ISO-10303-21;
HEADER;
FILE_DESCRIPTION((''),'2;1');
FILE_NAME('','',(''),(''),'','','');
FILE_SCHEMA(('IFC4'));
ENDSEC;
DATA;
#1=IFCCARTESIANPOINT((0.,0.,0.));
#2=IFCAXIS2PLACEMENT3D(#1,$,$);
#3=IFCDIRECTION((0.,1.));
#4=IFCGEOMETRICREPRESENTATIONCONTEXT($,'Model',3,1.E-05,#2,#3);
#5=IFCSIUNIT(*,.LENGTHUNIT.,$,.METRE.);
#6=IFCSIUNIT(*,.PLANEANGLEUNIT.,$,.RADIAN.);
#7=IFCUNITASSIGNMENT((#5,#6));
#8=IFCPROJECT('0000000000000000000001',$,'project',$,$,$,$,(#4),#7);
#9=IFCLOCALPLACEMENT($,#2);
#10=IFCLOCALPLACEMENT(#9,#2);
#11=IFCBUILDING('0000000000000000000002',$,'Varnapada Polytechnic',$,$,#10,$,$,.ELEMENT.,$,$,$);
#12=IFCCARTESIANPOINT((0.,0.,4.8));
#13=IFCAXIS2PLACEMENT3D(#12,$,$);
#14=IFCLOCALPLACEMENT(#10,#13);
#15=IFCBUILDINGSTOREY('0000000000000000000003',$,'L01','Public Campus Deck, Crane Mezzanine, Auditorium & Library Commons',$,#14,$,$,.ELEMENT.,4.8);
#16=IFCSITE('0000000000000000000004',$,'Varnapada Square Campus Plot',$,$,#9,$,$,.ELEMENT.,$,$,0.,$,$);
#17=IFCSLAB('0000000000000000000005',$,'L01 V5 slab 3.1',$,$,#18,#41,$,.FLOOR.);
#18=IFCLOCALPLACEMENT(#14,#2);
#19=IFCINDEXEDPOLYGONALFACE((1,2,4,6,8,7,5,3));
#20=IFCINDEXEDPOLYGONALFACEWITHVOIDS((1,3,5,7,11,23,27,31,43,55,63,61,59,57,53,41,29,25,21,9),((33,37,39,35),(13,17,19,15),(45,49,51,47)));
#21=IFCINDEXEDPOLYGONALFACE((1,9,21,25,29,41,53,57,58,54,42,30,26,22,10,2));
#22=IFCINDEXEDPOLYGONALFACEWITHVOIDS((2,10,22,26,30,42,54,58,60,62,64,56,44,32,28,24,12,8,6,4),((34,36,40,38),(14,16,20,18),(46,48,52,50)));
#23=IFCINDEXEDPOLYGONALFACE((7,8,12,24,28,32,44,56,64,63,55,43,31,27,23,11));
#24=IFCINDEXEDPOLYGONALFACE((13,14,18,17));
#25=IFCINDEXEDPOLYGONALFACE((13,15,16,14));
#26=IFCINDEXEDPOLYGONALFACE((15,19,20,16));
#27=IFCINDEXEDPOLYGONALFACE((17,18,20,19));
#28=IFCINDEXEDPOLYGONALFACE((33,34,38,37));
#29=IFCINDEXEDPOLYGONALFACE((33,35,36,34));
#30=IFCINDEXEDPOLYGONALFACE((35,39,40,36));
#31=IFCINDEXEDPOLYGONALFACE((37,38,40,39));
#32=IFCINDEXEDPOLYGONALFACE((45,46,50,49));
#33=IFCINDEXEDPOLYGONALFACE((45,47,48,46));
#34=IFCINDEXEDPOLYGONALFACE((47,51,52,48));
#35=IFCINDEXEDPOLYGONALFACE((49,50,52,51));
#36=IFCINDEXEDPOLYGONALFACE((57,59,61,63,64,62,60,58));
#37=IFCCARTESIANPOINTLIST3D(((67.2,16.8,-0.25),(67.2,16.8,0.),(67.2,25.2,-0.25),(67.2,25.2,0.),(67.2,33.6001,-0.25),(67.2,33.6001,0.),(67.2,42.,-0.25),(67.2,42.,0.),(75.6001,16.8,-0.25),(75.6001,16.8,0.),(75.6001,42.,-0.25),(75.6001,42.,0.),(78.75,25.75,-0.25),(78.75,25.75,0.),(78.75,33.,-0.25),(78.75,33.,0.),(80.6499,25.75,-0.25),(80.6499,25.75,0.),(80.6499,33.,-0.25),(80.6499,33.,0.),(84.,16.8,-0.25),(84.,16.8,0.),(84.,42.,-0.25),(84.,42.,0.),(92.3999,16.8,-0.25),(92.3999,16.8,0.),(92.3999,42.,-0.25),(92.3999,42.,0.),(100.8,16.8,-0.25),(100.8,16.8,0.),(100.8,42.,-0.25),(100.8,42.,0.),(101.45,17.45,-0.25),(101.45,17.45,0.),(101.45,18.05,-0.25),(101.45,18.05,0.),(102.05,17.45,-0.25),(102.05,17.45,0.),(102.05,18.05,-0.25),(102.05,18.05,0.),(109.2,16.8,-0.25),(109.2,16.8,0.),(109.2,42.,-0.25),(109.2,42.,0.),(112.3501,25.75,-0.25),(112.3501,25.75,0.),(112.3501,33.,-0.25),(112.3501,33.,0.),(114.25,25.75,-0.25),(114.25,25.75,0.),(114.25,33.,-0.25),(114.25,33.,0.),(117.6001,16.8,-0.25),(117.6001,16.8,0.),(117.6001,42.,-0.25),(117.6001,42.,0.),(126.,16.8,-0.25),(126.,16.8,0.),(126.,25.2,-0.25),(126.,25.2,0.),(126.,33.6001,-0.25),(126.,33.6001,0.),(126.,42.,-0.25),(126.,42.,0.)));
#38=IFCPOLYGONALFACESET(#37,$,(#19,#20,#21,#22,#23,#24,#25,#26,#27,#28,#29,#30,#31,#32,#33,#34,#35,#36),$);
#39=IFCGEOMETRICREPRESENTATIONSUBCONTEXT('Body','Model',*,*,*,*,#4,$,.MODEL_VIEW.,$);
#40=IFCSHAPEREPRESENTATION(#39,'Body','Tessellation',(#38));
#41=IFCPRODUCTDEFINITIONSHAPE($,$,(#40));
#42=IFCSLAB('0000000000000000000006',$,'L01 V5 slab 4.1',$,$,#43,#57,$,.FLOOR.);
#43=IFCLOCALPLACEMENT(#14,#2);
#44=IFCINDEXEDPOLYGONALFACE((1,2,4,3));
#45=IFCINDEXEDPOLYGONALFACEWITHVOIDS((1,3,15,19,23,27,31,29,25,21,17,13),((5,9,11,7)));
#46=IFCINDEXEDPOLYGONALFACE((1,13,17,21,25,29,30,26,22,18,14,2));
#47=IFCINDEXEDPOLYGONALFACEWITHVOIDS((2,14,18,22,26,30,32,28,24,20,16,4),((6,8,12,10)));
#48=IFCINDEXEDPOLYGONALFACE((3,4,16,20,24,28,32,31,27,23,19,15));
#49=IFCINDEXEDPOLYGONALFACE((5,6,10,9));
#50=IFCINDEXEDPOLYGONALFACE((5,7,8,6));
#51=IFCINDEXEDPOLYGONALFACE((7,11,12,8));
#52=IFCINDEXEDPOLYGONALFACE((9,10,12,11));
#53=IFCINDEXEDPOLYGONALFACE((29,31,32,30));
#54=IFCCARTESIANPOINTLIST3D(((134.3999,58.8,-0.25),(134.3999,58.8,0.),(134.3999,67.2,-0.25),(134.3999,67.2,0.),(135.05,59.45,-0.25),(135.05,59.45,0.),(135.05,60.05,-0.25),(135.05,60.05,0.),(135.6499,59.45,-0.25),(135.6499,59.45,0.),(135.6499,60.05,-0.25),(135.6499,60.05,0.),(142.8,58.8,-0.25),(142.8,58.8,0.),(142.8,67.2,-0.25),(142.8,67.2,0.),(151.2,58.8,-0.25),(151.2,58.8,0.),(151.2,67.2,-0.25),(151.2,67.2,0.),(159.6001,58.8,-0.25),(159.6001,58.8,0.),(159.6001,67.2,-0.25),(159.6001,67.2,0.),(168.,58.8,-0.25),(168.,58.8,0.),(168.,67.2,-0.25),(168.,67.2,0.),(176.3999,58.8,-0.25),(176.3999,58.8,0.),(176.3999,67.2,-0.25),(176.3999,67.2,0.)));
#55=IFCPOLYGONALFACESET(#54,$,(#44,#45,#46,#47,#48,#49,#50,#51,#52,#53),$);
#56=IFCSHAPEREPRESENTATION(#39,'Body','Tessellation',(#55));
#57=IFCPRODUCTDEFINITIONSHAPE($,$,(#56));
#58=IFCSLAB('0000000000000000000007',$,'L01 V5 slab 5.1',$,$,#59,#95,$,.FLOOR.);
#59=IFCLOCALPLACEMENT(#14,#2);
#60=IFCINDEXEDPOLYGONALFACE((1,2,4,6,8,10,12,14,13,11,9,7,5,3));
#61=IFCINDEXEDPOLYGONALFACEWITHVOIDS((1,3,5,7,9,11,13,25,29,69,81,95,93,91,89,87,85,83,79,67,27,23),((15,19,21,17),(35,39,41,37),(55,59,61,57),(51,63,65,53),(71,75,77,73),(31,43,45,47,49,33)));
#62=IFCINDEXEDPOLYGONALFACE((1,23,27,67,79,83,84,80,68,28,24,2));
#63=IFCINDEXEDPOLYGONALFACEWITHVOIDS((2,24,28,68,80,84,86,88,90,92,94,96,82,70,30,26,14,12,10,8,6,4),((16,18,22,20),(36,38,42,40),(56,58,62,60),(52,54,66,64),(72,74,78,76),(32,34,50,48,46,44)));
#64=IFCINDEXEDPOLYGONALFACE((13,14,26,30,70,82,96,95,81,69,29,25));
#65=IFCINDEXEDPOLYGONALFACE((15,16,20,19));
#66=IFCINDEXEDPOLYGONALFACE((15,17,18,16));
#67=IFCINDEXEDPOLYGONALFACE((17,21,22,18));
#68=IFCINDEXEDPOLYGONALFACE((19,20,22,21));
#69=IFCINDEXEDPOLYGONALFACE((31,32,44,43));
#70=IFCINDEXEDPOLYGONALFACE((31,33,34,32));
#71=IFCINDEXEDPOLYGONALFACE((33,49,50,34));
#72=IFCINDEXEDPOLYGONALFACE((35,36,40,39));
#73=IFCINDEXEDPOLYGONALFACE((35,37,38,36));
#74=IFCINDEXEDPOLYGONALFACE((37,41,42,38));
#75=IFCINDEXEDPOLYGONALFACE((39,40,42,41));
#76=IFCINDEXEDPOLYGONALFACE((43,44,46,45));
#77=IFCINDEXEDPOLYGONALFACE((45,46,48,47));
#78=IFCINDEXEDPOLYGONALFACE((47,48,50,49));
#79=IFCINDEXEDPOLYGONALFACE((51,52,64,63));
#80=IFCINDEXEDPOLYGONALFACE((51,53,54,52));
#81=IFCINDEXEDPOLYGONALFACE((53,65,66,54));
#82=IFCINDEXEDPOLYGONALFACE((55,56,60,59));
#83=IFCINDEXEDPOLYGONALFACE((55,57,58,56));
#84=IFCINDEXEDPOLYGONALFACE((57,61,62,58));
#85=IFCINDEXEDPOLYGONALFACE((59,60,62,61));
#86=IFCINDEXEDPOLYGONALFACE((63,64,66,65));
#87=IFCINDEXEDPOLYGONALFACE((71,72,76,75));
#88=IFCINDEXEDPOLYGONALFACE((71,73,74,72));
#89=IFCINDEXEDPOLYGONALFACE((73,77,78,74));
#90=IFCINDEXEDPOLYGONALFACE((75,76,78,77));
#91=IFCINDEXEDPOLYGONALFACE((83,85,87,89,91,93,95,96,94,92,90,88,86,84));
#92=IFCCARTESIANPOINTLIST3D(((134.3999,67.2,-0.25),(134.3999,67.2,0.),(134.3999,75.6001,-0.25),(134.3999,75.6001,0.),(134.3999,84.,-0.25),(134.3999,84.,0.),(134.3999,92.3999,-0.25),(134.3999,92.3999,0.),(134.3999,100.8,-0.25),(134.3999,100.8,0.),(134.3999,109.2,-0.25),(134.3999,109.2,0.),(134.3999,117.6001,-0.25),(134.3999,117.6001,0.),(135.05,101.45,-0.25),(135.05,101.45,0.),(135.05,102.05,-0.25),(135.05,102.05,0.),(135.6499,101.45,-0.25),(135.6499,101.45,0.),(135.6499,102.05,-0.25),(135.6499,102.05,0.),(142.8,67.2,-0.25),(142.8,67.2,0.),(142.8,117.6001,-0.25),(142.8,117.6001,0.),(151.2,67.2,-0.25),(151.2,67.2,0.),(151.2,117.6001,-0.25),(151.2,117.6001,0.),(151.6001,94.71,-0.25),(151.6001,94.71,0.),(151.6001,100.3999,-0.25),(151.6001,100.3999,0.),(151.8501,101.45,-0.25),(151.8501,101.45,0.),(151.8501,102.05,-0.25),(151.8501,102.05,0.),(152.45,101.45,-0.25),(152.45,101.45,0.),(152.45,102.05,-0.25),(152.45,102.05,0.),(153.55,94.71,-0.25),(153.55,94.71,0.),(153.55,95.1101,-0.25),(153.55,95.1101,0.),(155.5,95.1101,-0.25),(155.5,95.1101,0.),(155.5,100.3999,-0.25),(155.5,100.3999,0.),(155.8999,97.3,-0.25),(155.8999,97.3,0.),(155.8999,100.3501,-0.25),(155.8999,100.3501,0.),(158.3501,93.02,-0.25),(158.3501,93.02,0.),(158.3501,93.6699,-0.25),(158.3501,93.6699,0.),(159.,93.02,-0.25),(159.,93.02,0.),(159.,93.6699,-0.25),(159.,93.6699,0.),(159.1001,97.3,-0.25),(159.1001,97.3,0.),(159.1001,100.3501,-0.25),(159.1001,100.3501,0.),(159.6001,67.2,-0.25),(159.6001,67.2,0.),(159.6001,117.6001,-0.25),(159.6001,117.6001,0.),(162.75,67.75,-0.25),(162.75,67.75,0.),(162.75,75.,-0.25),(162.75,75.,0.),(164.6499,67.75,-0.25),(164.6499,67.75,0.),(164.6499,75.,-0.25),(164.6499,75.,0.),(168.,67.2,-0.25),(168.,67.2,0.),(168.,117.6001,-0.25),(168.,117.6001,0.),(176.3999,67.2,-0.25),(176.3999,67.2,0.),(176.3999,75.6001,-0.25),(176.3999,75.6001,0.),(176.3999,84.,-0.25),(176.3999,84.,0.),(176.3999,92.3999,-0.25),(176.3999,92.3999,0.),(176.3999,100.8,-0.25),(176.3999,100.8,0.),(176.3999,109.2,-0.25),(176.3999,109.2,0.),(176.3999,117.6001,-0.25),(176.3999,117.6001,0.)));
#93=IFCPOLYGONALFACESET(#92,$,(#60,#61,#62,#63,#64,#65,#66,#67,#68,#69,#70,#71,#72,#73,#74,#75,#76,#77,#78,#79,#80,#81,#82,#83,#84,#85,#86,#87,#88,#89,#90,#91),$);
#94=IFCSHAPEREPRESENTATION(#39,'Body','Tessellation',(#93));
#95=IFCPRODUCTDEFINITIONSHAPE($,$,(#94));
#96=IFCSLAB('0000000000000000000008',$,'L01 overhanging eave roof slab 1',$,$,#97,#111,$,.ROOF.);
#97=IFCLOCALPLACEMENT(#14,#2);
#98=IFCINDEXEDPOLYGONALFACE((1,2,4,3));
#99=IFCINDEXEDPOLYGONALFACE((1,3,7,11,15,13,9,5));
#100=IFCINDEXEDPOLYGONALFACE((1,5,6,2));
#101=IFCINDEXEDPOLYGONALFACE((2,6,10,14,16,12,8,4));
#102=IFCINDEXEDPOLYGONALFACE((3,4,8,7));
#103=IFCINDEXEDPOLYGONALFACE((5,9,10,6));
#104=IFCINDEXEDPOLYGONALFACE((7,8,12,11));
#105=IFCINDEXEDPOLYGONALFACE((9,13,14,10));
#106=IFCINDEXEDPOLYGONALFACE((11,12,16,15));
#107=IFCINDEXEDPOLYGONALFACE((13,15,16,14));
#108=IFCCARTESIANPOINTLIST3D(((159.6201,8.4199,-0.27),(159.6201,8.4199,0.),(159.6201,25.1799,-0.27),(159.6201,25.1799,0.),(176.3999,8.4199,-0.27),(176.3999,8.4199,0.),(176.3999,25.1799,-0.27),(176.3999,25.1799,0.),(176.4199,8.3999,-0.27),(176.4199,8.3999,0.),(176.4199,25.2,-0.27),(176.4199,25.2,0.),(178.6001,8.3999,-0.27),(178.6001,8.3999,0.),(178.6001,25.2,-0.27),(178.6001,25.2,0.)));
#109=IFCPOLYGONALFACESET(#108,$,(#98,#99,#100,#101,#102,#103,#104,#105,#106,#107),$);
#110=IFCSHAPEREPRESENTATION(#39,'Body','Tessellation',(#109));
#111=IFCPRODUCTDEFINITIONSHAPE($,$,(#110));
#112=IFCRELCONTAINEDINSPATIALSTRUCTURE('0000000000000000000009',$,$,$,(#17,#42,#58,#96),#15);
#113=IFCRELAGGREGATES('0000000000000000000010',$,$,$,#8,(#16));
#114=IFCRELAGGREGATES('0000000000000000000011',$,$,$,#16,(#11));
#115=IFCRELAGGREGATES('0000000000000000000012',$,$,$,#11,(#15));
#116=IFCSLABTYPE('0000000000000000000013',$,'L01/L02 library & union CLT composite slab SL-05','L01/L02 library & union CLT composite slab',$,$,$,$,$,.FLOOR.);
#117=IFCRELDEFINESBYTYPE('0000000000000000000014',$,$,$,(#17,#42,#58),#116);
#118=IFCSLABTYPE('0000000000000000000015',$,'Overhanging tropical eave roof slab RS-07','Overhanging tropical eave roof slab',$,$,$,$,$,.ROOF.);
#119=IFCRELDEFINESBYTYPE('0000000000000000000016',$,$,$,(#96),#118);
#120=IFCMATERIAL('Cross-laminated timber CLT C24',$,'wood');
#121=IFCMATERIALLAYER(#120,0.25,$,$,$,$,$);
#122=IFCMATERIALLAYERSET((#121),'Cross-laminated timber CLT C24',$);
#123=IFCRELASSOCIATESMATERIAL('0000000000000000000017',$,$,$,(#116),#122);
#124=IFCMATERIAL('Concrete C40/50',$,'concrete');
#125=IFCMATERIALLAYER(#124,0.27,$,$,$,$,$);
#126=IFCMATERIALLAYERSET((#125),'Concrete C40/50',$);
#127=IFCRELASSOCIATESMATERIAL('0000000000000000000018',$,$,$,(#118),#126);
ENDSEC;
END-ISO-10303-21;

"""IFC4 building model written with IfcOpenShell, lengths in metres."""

from ifc_helpers import new_model, si_unit, direction, frame, origin, place, context, subcontext, project, spatial, polyline, outline, extrude, material, layer, layer_set, type_object, element, save


model = new_model("IFC4")

# Units and contexts
model_context = context("Model", 3, precision=1e-05, world=origin(), true_north=direction((0.0, 1.0)))
body_context = subcontext(model_context, "Body", "Model", "MODEL_VIEW")
ifc_project = project(units=[si_unit("LENGTHUNIT", "METRE"), si_unit("PLANEANGLEUNIT", "RADIAN")], contexts=[model_context])

# Site, building, storey
site_placement = place(None, origin())
site = spatial("IfcSite", under=ifc_project, at=site_placement, Name="Varnapada Square Campus Plot", CompositionType="ELEMENT", RefElevation=0.0)
building_placement = place(site_placement, origin())
building = spatial("IfcBuilding", under=site, at=building_placement, Name="Varnapada Polytechnic", CompositionType="ELEMENT")
storey_placement = place(building_placement, frame((0.0, 0.0, 4.8)))
storey = spatial("IfcBuildingStorey", under=building, at=storey_placement, Name="L01", Description="Public Campus Deck, Crane Mezzanine, Auditorium & Library Commons", CompositionType="ELEMENT", Elevation=4.8)

# Slabs
ifc_material_1 = material(Name="Concrete C40/50", Category="concrete")
ifc_material_2 = material(Name="Cross-laminated timber CLT C24", Category="wood")
ifc_layer_1 = layer(ifc_material_2, 0.25)
ifc_layer_set_1 = layer_set([ifc_layer_1], Name="Cross-laminated timber CLT C24")
slab_type_1 = type_object("IfcSlabType", Name="L01/L02 library & union CLT composite slab SL-05", Description="L01/L02 library & union CLT composite slab", PredefinedType="FLOOR", material=ifc_layer_set_1)
slab_1_placement = place(storey_placement, frame((0.0, 0.0, -0.25)))
element("IfcSlab", 1, at=slab_1_placement, inside=storey, type_object=slab_type_1, Name="L01 V5 slab 3.1", PredefinedType="FLOOR", context=body_context, shape_type="SweptSolid", body=[
    extrude(outline(polyline([(67.2, 42.0), (75.6001, 42.0), (84.0, 42.0), (92.3999, 42.0), (100.8, 42.0), (109.2, 42.0), (117.6001, 42.0), (126.0, 42.0), (126.0, 33.6001), (126.0, 25.2), (126.0, 16.8), (117.6001, 16.8), (109.2, 16.8), (100.8, 16.8), (92.3999, 16.8), (84.0, 16.8), (75.6001, 16.8), (67.2, 16.8), (67.2, 25.2), (67.2, 33.6001), (67.2, 42.0)]), holes=[polyline([(78.75, 25.75), (80.6499, 25.75), (80.6499, 33.0), (78.75, 33.0), (78.75, 25.75)]), polyline([(112.3501, 25.75), (114.25, 25.75), (114.25, 33.0), (112.3501, 33.0), (112.3501, 25.75)]), polyline([(101.45, 17.45), (102.05, 17.45), (102.05, 18.05), (101.45, 18.05), (101.45, 17.45)])]), origin(), (0.0, 0.0, 1.0), 0.25),
])
slab_2_placement = place(storey_placement, frame((0.0, 0.0, -0.25)))
element("IfcSlab", 2, at=slab_2_placement, inside=storey, type_object=slab_type_1, Name="L01 V5 slab 4.1", PredefinedType="FLOOR", context=body_context, shape_type="SweptSolid", body=[
    extrude(outline(polyline([(134.3999, 67.2), (142.8, 67.2), (151.2, 67.2), (159.6001, 67.2), (168.0, 67.2), (176.3999, 67.2), (176.3999, 58.8), (168.0, 58.8), (159.6001, 58.8), (151.2, 58.8), (142.8, 58.8), (134.3999, 58.8), (134.3999, 67.2)]), holes=[polyline([(135.05, 59.45), (135.6499, 59.45), (135.6499, 60.05), (135.05, 60.05), (135.05, 59.45)])]), origin(), (0.0, 0.0, 1.0), 0.25),
])
slab_3_placement = place(storey_placement, frame((0.0, 0.0, -0.25)))
element("IfcSlab", 3, at=slab_3_placement, inside=storey, type_object=slab_type_1, Name="L01 V5 slab 5.1", PredefinedType="FLOOR", context=body_context, shape_type="SweptSolid", body=[
    extrude(outline(polyline([(134.3999, 92.3999), (134.3999, 100.8), (134.3999, 109.2), (134.3999, 117.6001), (142.8, 117.6001), (151.2, 117.6001), (159.6001, 117.6001), (168.0, 117.6001), (176.3999, 117.6001), (176.3999, 109.2), (176.3999, 100.8), (176.3999, 92.3999), (176.3999, 84.0), (176.3999, 75.6001), (176.3999, 67.2), (168.0, 67.2), (159.6001, 67.2), (151.2, 67.2), (142.8, 67.2), (134.3999, 67.2), (134.3999, 75.6001), (134.3999, 84.0), (134.3999, 92.3999)]), holes=[polyline([(151.6001, 94.71), (153.55, 94.71), (153.55, 95.1101), (155.5, 95.1101), (155.5, 100.3999), (151.6001, 100.3999), (151.6001, 94.71)]), polyline([(162.75, 67.75), (164.6499, 67.75), (164.6499, 75.0), (162.75, 75.0), (162.75, 67.75)]), polyline([(155.8999, 97.3), (159.1001, 97.3), (159.1001, 100.3501), (155.8999, 100.3501), (155.8999, 97.3)]), polyline([(158.3501, 93.02), (159.0, 93.02), (159.0, 93.6699), (158.3501, 93.6699), (158.3501, 93.02)]), polyline([(135.05, 101.45), (135.6499, 101.45), (135.6499, 102.05), (135.05, 102.05), (135.05, 101.45)]), polyline([(151.8501, 101.45), (152.45, 101.45), (152.45, 102.05), (151.8501, 102.05), (151.8501, 101.45)])]), origin(), (0.0, 0.0, 1.0), 0.25),
])
ifc_layer_2 = layer(ifc_material_1, 0.27)
ifc_layer_set_2 = layer_set([ifc_layer_2], Name="Concrete C40/50")
slab_type_2 = type_object("IfcSlabType", Name="Overhanging tropical eave roof slab RS-07", Description="Overhanging tropical eave roof slab", PredefinedType="ROOF", material=ifc_layer_set_2)
slab_4_placement = place(storey_placement, frame((0.0, 0.0, -0.27)))
element("IfcSlab", 4, at=slab_4_placement, inside=storey, type_object=slab_type_2, Name="L01 overhanging eave roof slab 1", PredefinedType="ROOF", context=body_context, shape_type="SweptSolid", body=[
    extrude(outline(polyline([(178.6001, 25.2), (178.6001, 8.3999), (176.4199, 8.3999), (176.3999, 8.4199), (159.6201, 8.4199), (159.6201, 25.1799), (176.3999, 25.1799), (176.4199, 25.2), (178.6001, 25.2)])), origin(), (0.0, 0.0, 1.0), 0.27),
])

save(model, "model.ifc")
